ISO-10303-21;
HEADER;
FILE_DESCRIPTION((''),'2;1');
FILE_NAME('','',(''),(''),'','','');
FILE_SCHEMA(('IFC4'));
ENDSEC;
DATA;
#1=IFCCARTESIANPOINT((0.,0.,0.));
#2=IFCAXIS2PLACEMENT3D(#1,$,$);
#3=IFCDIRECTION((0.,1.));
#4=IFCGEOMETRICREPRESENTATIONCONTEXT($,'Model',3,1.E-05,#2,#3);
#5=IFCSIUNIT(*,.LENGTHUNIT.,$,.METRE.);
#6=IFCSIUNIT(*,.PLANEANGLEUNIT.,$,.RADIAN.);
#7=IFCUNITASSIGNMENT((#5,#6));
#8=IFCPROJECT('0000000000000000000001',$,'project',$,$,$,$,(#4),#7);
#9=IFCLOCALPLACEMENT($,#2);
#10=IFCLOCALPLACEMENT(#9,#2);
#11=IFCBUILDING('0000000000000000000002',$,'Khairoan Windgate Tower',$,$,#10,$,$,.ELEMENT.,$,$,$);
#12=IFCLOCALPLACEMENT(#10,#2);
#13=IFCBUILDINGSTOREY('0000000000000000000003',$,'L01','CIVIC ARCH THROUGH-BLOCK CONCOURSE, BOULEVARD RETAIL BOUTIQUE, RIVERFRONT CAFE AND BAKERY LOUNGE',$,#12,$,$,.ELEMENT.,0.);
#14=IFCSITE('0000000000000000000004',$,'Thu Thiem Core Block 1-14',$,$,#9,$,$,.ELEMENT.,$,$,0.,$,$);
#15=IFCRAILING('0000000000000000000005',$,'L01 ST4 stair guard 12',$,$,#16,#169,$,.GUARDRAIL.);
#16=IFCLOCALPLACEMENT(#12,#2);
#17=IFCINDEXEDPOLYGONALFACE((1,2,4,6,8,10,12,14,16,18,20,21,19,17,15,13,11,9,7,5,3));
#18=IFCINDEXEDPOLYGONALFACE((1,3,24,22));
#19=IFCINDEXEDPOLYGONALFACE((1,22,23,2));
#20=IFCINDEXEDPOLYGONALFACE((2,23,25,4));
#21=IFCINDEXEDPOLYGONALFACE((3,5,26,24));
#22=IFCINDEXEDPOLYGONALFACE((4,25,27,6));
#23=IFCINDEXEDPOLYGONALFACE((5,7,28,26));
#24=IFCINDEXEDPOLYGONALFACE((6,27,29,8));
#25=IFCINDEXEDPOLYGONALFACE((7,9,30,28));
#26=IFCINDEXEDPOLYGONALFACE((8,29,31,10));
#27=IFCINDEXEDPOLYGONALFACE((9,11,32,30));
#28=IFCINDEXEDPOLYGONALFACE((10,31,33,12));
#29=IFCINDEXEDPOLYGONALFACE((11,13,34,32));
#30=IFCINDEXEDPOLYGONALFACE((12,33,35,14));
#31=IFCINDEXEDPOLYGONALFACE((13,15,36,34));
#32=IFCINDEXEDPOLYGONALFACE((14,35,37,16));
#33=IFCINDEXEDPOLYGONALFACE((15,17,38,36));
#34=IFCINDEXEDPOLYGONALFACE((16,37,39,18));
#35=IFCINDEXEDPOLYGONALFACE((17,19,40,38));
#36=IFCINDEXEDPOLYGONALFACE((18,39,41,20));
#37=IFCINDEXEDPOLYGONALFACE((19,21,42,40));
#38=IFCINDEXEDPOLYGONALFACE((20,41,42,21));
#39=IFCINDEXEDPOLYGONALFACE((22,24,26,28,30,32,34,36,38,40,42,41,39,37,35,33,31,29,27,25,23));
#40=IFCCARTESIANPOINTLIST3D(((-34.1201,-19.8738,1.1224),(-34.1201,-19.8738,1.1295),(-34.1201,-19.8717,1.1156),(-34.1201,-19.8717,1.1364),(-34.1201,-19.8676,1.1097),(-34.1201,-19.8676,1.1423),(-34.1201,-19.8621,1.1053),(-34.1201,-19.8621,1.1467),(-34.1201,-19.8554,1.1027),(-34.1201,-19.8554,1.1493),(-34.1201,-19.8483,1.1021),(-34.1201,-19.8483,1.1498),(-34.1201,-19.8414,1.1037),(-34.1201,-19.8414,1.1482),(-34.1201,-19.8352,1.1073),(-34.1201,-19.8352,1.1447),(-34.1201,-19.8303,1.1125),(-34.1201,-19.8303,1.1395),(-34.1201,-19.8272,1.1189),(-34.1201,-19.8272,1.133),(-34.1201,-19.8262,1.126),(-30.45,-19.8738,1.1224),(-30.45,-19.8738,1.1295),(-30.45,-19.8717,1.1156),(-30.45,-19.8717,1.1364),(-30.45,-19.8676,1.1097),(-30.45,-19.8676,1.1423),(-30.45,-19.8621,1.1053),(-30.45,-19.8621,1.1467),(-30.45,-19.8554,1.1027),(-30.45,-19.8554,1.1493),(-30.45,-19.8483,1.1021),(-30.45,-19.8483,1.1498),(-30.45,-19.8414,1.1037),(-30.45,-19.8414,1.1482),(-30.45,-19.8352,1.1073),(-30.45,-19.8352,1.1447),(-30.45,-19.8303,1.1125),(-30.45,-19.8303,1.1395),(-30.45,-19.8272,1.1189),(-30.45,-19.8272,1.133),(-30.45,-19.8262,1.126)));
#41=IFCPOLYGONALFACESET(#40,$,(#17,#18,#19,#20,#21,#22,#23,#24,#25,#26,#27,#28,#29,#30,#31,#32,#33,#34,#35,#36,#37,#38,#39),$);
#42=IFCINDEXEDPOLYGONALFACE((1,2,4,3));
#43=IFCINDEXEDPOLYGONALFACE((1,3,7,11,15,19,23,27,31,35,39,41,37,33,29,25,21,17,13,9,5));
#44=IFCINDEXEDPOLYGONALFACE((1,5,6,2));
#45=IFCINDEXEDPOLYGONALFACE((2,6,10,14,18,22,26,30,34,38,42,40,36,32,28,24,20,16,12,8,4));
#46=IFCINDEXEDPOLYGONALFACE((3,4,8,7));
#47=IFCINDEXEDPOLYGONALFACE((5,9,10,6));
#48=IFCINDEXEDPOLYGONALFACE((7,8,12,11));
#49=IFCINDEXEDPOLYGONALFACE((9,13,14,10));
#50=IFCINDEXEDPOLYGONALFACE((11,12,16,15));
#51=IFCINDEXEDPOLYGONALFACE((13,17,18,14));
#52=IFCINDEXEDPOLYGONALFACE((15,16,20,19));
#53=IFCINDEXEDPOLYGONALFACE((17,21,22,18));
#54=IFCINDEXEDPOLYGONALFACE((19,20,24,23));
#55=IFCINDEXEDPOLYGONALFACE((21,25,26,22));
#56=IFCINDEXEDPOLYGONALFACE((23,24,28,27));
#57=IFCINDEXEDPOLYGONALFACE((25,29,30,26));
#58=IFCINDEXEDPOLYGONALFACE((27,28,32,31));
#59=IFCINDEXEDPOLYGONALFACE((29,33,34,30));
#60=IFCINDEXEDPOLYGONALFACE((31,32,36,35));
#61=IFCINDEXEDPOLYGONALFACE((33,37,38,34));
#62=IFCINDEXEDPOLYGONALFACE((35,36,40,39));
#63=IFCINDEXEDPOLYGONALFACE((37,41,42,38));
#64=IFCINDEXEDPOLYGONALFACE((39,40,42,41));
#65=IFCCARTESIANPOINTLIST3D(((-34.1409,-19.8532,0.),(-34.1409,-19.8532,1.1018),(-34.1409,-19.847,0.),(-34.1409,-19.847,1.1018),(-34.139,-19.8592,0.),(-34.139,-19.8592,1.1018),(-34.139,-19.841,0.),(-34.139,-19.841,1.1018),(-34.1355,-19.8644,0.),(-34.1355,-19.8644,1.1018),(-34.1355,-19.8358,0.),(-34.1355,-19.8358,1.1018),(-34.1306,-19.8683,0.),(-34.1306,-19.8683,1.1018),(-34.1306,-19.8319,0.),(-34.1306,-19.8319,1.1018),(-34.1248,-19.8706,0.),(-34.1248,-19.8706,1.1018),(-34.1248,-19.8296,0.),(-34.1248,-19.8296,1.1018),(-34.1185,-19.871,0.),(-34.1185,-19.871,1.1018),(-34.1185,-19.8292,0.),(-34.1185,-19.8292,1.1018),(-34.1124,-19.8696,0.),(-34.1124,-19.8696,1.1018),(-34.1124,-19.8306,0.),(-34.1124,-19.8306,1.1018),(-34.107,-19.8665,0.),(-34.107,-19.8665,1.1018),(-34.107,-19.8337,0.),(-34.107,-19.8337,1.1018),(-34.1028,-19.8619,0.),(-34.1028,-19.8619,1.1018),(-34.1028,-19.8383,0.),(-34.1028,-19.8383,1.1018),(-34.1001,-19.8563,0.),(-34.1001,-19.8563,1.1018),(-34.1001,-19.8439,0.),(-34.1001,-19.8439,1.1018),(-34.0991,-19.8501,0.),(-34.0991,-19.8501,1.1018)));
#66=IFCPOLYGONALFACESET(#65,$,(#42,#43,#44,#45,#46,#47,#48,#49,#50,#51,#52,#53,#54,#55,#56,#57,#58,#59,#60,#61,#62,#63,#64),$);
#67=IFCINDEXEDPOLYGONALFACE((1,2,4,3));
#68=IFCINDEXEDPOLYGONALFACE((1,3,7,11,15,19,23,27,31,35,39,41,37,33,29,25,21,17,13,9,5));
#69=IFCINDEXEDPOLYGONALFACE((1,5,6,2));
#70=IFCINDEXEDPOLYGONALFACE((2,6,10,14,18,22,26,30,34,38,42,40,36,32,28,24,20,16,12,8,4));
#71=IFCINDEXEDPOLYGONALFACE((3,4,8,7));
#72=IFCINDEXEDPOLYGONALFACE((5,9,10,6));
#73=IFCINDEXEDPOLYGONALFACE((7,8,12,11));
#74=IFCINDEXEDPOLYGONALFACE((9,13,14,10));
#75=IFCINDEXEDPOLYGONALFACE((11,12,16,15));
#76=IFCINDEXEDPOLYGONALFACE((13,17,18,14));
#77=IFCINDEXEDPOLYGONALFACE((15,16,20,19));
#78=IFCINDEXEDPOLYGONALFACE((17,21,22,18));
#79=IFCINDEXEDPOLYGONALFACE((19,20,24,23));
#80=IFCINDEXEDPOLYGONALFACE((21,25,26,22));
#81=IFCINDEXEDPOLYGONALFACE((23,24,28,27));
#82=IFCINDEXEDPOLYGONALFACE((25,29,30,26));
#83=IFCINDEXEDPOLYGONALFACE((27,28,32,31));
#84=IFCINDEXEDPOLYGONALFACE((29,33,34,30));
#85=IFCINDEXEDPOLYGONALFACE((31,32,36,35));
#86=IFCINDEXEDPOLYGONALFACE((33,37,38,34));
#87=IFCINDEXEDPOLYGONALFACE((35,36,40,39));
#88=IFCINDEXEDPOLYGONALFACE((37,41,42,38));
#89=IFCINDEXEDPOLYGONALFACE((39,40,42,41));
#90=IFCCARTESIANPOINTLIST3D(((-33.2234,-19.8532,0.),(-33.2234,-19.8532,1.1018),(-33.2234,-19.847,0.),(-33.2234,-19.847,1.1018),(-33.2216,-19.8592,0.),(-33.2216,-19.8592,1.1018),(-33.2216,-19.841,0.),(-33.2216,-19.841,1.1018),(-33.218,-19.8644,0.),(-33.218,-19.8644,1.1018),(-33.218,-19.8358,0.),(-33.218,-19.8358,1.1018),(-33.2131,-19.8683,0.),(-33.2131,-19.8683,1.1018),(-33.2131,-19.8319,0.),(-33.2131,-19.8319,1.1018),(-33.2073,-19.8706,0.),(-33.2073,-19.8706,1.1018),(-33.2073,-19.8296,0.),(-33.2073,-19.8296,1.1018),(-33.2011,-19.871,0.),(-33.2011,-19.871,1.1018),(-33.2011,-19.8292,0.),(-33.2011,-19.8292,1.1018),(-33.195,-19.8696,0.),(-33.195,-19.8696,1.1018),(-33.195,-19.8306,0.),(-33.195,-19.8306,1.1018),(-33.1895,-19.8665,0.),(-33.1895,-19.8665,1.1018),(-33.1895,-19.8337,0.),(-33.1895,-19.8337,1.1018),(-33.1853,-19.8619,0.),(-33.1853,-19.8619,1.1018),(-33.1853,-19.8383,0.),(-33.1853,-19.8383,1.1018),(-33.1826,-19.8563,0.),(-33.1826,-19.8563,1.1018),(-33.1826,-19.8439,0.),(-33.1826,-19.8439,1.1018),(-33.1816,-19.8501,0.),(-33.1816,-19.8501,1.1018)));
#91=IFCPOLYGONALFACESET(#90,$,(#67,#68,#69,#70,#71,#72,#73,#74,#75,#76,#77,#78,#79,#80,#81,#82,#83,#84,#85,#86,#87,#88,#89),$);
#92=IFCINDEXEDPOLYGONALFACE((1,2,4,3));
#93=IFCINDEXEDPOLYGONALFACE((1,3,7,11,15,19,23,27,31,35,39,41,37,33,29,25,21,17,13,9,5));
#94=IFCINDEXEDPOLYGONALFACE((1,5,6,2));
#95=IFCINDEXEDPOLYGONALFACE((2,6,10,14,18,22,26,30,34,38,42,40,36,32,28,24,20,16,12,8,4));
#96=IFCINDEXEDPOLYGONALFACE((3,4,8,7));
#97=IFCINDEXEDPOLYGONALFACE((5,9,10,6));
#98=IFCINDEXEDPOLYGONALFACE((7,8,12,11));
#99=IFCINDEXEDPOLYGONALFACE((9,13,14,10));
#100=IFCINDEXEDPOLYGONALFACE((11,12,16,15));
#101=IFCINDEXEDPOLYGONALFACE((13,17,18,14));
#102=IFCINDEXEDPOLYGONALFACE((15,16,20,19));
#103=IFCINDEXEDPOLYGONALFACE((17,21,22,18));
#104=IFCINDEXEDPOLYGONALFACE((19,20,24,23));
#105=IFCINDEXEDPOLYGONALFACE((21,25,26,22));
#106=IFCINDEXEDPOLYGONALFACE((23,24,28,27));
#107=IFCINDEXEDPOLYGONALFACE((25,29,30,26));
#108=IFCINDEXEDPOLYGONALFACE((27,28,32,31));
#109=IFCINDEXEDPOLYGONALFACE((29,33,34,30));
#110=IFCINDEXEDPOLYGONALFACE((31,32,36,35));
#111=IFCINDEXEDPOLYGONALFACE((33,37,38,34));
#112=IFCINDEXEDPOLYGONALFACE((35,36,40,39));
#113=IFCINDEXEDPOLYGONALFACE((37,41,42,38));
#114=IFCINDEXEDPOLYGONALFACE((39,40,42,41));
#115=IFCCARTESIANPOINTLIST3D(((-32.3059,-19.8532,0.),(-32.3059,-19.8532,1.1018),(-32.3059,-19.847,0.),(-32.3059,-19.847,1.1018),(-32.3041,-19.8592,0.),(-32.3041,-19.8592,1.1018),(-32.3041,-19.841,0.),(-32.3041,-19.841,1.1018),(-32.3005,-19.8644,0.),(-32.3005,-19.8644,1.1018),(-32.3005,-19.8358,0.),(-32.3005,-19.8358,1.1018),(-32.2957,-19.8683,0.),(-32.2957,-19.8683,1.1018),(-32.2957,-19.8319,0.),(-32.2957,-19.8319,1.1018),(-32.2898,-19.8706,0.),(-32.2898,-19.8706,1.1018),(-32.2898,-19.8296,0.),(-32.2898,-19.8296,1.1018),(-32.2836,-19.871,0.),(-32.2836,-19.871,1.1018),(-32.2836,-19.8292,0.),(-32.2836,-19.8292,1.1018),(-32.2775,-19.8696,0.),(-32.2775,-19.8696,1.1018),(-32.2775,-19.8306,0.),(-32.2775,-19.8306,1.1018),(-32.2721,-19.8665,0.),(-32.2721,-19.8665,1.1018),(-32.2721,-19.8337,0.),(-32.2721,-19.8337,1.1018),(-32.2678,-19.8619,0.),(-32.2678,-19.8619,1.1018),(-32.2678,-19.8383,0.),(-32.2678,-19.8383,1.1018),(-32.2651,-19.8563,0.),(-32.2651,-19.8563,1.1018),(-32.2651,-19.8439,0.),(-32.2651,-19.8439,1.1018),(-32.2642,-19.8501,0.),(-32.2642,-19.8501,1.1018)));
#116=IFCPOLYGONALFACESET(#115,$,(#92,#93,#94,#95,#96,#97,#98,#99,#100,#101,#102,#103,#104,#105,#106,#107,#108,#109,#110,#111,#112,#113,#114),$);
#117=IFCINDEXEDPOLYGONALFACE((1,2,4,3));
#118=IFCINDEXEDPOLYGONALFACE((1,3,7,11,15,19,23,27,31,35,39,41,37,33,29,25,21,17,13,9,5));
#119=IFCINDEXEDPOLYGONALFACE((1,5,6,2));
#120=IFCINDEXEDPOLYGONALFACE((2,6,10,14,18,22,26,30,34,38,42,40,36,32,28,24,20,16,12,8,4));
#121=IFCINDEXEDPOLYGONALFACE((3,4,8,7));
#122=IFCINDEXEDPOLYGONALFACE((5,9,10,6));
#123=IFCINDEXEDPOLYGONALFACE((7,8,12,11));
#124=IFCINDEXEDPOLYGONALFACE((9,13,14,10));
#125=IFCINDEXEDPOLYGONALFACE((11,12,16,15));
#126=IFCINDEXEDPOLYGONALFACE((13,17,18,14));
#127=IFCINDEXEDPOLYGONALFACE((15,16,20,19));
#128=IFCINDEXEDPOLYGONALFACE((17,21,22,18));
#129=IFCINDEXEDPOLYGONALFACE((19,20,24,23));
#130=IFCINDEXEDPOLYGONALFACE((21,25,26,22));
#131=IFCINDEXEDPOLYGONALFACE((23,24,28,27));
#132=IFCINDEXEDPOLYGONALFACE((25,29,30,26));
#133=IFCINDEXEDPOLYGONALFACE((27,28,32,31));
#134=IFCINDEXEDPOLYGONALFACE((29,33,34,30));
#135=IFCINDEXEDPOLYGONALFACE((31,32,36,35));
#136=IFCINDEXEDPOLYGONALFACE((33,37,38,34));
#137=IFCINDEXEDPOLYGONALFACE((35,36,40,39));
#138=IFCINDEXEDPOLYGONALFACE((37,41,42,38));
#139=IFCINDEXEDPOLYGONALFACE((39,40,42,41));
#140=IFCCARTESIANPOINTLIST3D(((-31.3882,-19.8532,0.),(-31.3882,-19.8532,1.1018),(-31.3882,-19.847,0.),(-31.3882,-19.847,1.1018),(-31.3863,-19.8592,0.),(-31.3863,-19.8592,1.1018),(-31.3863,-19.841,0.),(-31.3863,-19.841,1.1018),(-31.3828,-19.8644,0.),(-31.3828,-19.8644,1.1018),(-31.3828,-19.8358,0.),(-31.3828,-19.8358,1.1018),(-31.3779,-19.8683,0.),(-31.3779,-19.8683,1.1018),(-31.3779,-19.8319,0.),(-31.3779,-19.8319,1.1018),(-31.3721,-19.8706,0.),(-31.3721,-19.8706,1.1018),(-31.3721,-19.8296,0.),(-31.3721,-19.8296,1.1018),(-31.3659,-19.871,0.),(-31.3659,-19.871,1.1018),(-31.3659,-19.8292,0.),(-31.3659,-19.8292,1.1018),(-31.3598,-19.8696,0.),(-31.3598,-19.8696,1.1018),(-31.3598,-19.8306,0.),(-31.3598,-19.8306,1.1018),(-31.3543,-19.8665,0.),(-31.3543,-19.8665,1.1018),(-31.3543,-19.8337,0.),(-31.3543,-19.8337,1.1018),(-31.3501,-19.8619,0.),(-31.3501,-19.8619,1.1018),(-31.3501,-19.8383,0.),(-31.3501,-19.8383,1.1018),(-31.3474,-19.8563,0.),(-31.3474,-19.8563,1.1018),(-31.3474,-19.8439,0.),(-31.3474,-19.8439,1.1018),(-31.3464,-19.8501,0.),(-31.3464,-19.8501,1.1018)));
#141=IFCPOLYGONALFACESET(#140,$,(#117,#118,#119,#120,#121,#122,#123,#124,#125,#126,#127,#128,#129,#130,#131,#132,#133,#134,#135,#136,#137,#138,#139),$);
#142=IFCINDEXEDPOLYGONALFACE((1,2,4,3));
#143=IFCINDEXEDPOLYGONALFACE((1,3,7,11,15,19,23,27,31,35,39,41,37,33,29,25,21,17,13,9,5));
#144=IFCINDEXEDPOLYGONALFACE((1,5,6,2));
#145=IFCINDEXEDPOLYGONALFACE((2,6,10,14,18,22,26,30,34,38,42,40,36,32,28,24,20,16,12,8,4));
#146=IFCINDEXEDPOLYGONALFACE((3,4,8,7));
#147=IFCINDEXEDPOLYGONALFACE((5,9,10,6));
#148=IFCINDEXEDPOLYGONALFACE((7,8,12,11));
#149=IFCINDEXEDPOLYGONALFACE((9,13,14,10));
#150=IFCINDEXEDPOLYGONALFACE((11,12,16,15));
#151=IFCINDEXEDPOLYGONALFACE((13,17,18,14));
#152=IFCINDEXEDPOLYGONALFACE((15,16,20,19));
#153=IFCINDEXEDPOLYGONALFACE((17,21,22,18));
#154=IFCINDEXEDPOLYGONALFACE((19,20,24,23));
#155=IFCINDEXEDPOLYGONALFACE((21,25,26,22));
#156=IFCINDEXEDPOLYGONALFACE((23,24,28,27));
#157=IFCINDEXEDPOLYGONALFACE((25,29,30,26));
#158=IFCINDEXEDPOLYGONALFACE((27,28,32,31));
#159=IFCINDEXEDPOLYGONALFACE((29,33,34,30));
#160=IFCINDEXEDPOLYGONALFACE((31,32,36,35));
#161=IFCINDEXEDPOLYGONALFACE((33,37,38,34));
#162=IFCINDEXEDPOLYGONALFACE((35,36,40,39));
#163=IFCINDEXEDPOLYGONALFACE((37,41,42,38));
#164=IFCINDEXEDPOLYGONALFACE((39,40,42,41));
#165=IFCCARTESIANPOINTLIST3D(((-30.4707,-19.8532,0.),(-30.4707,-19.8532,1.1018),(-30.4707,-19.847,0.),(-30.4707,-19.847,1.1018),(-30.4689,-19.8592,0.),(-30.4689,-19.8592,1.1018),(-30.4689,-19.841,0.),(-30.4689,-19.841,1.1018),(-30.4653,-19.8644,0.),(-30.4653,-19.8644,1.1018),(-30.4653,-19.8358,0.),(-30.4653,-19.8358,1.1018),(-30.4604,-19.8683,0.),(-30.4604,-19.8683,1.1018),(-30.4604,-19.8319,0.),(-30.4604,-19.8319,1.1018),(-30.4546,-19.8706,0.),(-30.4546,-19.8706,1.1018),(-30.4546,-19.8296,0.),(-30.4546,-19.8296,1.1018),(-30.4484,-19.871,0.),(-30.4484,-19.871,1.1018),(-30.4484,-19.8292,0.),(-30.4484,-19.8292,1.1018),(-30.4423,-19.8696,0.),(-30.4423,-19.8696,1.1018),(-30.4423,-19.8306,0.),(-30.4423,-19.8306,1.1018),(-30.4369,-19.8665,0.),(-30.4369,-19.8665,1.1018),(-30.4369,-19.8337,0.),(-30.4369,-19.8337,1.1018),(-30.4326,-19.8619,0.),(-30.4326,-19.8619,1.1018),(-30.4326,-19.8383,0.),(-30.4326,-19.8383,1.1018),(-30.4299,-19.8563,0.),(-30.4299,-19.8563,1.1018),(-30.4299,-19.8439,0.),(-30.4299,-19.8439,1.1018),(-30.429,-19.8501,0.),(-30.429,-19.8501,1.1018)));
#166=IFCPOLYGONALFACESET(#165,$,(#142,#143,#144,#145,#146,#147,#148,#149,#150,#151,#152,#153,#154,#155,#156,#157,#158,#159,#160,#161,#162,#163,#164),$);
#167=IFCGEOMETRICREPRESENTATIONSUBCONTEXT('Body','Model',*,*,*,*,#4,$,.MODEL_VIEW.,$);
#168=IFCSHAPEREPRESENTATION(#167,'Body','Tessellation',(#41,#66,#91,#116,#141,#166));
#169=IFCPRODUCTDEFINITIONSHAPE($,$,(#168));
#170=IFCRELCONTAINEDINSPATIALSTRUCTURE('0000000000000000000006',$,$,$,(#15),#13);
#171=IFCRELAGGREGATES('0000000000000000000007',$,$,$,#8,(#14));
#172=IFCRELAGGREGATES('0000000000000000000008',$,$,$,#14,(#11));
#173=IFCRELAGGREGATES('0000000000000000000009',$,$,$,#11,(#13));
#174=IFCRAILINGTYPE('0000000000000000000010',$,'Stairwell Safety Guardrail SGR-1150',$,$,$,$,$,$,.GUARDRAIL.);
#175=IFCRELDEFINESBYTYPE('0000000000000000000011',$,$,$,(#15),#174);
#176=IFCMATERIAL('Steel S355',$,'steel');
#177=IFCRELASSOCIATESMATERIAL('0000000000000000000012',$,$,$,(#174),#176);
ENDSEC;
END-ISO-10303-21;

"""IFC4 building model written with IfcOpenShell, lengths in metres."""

from ifc_helpers import new_model, si_unit, direction, frame, origin, origin_2d, place, context, subcontext, project, spatial, circle, extrude, material, type_object, element, save


model = new_model("IFC4")

# Units and contexts
model_context = context("Model", 3, precision=1e-05, world=origin(), true_north=direction((0.0, 1.0)))
body_context = subcontext(model_context, "Body", "Model", "MODEL_VIEW")
ifc_project = project(units=[si_unit("LENGTHUNIT", "METRE"), si_unit("PLANEANGLEUNIT", "RADIAN")], contexts=[model_context])

# Site, building, storey
site_placement = place(None, origin())
site = spatial("IfcSite", under=ifc_project, at=site_placement, Name="Thu Thiem Core Block 1-14", CompositionType="ELEMENT", RefElevation=0.0)
building_placement = place(site_placement, origin())
building = spatial("IfcBuilding", under=site, at=building_placement, Name="Khairoan Windgate Tower", CompositionType="ELEMENT")
storey_placement = place(building_placement, origin())
storey = spatial("IfcBuildingStorey", under=building, at=storey_placement, Name="L01", Description="CIVIC ARCH THROUGH-BLOCK CONCOURSE, BOULEVARD RETAIL BOUTIQUE, RIVERFRONT CAFE AND BAKERY LOUNGE", CompositionType="ELEMENT", Elevation=0.0)

# Railing
ifc_material_1 = material(Name="Steel S355", Category="steel")
railing_type = type_object("IfcRailingType", Name="Stairwell Safety Guardrail SGR-1150", PredefinedType="GUARDRAIL", material=ifc_material_1)
railing_1_placement = place(storey_placement, frame((-34.1201, -19.8501, 0.0)))
element("IfcRailing", 1, at=railing_1_placement, inside=storey, type_object=railing_type, Name="L01 ST4 stair guard 12", PredefinedType="GUARDRAIL", context=body_context, shape_type="SweptSolid", body=[
    extrude(circle(Radius=0.0239, at=origin_2d()), frame((0.0, 0.0, 1.126), z_axis=(1.0, 0.0, 0.0), x_axis=(0.0, 1.0, 0.0)), (0.0, 0.0, 1.0), 3.6702),
    extrude(circle(Radius=0.021, at=origin_2d()), origin(), (0.0, 0.0, 1.0), 1.1018),
    extrude(circle(Radius=0.021, at=origin_2d()), frame((0.9175, 0.0, 0.0)), (0.0, 0.0, 1.0), 1.1018),
    extrude(circle(Radius=0.021, at=origin_2d()), frame((1.835, 0.0, 0.0)), (0.0, 0.0, 1.0), 1.1018),
    extrude(circle(Radius=0.021, at=origin_2d()), frame((2.7527, 0.0, 0.0)), (0.0, 0.0, 1.0), 1.1018),
    extrude(circle(Radius=0.021, at=origin_2d()), frame((3.6702, 0.0, 0.0)), (0.0, 0.0, 1.0), 1.1018),
])

save(model, "model.ifc")
